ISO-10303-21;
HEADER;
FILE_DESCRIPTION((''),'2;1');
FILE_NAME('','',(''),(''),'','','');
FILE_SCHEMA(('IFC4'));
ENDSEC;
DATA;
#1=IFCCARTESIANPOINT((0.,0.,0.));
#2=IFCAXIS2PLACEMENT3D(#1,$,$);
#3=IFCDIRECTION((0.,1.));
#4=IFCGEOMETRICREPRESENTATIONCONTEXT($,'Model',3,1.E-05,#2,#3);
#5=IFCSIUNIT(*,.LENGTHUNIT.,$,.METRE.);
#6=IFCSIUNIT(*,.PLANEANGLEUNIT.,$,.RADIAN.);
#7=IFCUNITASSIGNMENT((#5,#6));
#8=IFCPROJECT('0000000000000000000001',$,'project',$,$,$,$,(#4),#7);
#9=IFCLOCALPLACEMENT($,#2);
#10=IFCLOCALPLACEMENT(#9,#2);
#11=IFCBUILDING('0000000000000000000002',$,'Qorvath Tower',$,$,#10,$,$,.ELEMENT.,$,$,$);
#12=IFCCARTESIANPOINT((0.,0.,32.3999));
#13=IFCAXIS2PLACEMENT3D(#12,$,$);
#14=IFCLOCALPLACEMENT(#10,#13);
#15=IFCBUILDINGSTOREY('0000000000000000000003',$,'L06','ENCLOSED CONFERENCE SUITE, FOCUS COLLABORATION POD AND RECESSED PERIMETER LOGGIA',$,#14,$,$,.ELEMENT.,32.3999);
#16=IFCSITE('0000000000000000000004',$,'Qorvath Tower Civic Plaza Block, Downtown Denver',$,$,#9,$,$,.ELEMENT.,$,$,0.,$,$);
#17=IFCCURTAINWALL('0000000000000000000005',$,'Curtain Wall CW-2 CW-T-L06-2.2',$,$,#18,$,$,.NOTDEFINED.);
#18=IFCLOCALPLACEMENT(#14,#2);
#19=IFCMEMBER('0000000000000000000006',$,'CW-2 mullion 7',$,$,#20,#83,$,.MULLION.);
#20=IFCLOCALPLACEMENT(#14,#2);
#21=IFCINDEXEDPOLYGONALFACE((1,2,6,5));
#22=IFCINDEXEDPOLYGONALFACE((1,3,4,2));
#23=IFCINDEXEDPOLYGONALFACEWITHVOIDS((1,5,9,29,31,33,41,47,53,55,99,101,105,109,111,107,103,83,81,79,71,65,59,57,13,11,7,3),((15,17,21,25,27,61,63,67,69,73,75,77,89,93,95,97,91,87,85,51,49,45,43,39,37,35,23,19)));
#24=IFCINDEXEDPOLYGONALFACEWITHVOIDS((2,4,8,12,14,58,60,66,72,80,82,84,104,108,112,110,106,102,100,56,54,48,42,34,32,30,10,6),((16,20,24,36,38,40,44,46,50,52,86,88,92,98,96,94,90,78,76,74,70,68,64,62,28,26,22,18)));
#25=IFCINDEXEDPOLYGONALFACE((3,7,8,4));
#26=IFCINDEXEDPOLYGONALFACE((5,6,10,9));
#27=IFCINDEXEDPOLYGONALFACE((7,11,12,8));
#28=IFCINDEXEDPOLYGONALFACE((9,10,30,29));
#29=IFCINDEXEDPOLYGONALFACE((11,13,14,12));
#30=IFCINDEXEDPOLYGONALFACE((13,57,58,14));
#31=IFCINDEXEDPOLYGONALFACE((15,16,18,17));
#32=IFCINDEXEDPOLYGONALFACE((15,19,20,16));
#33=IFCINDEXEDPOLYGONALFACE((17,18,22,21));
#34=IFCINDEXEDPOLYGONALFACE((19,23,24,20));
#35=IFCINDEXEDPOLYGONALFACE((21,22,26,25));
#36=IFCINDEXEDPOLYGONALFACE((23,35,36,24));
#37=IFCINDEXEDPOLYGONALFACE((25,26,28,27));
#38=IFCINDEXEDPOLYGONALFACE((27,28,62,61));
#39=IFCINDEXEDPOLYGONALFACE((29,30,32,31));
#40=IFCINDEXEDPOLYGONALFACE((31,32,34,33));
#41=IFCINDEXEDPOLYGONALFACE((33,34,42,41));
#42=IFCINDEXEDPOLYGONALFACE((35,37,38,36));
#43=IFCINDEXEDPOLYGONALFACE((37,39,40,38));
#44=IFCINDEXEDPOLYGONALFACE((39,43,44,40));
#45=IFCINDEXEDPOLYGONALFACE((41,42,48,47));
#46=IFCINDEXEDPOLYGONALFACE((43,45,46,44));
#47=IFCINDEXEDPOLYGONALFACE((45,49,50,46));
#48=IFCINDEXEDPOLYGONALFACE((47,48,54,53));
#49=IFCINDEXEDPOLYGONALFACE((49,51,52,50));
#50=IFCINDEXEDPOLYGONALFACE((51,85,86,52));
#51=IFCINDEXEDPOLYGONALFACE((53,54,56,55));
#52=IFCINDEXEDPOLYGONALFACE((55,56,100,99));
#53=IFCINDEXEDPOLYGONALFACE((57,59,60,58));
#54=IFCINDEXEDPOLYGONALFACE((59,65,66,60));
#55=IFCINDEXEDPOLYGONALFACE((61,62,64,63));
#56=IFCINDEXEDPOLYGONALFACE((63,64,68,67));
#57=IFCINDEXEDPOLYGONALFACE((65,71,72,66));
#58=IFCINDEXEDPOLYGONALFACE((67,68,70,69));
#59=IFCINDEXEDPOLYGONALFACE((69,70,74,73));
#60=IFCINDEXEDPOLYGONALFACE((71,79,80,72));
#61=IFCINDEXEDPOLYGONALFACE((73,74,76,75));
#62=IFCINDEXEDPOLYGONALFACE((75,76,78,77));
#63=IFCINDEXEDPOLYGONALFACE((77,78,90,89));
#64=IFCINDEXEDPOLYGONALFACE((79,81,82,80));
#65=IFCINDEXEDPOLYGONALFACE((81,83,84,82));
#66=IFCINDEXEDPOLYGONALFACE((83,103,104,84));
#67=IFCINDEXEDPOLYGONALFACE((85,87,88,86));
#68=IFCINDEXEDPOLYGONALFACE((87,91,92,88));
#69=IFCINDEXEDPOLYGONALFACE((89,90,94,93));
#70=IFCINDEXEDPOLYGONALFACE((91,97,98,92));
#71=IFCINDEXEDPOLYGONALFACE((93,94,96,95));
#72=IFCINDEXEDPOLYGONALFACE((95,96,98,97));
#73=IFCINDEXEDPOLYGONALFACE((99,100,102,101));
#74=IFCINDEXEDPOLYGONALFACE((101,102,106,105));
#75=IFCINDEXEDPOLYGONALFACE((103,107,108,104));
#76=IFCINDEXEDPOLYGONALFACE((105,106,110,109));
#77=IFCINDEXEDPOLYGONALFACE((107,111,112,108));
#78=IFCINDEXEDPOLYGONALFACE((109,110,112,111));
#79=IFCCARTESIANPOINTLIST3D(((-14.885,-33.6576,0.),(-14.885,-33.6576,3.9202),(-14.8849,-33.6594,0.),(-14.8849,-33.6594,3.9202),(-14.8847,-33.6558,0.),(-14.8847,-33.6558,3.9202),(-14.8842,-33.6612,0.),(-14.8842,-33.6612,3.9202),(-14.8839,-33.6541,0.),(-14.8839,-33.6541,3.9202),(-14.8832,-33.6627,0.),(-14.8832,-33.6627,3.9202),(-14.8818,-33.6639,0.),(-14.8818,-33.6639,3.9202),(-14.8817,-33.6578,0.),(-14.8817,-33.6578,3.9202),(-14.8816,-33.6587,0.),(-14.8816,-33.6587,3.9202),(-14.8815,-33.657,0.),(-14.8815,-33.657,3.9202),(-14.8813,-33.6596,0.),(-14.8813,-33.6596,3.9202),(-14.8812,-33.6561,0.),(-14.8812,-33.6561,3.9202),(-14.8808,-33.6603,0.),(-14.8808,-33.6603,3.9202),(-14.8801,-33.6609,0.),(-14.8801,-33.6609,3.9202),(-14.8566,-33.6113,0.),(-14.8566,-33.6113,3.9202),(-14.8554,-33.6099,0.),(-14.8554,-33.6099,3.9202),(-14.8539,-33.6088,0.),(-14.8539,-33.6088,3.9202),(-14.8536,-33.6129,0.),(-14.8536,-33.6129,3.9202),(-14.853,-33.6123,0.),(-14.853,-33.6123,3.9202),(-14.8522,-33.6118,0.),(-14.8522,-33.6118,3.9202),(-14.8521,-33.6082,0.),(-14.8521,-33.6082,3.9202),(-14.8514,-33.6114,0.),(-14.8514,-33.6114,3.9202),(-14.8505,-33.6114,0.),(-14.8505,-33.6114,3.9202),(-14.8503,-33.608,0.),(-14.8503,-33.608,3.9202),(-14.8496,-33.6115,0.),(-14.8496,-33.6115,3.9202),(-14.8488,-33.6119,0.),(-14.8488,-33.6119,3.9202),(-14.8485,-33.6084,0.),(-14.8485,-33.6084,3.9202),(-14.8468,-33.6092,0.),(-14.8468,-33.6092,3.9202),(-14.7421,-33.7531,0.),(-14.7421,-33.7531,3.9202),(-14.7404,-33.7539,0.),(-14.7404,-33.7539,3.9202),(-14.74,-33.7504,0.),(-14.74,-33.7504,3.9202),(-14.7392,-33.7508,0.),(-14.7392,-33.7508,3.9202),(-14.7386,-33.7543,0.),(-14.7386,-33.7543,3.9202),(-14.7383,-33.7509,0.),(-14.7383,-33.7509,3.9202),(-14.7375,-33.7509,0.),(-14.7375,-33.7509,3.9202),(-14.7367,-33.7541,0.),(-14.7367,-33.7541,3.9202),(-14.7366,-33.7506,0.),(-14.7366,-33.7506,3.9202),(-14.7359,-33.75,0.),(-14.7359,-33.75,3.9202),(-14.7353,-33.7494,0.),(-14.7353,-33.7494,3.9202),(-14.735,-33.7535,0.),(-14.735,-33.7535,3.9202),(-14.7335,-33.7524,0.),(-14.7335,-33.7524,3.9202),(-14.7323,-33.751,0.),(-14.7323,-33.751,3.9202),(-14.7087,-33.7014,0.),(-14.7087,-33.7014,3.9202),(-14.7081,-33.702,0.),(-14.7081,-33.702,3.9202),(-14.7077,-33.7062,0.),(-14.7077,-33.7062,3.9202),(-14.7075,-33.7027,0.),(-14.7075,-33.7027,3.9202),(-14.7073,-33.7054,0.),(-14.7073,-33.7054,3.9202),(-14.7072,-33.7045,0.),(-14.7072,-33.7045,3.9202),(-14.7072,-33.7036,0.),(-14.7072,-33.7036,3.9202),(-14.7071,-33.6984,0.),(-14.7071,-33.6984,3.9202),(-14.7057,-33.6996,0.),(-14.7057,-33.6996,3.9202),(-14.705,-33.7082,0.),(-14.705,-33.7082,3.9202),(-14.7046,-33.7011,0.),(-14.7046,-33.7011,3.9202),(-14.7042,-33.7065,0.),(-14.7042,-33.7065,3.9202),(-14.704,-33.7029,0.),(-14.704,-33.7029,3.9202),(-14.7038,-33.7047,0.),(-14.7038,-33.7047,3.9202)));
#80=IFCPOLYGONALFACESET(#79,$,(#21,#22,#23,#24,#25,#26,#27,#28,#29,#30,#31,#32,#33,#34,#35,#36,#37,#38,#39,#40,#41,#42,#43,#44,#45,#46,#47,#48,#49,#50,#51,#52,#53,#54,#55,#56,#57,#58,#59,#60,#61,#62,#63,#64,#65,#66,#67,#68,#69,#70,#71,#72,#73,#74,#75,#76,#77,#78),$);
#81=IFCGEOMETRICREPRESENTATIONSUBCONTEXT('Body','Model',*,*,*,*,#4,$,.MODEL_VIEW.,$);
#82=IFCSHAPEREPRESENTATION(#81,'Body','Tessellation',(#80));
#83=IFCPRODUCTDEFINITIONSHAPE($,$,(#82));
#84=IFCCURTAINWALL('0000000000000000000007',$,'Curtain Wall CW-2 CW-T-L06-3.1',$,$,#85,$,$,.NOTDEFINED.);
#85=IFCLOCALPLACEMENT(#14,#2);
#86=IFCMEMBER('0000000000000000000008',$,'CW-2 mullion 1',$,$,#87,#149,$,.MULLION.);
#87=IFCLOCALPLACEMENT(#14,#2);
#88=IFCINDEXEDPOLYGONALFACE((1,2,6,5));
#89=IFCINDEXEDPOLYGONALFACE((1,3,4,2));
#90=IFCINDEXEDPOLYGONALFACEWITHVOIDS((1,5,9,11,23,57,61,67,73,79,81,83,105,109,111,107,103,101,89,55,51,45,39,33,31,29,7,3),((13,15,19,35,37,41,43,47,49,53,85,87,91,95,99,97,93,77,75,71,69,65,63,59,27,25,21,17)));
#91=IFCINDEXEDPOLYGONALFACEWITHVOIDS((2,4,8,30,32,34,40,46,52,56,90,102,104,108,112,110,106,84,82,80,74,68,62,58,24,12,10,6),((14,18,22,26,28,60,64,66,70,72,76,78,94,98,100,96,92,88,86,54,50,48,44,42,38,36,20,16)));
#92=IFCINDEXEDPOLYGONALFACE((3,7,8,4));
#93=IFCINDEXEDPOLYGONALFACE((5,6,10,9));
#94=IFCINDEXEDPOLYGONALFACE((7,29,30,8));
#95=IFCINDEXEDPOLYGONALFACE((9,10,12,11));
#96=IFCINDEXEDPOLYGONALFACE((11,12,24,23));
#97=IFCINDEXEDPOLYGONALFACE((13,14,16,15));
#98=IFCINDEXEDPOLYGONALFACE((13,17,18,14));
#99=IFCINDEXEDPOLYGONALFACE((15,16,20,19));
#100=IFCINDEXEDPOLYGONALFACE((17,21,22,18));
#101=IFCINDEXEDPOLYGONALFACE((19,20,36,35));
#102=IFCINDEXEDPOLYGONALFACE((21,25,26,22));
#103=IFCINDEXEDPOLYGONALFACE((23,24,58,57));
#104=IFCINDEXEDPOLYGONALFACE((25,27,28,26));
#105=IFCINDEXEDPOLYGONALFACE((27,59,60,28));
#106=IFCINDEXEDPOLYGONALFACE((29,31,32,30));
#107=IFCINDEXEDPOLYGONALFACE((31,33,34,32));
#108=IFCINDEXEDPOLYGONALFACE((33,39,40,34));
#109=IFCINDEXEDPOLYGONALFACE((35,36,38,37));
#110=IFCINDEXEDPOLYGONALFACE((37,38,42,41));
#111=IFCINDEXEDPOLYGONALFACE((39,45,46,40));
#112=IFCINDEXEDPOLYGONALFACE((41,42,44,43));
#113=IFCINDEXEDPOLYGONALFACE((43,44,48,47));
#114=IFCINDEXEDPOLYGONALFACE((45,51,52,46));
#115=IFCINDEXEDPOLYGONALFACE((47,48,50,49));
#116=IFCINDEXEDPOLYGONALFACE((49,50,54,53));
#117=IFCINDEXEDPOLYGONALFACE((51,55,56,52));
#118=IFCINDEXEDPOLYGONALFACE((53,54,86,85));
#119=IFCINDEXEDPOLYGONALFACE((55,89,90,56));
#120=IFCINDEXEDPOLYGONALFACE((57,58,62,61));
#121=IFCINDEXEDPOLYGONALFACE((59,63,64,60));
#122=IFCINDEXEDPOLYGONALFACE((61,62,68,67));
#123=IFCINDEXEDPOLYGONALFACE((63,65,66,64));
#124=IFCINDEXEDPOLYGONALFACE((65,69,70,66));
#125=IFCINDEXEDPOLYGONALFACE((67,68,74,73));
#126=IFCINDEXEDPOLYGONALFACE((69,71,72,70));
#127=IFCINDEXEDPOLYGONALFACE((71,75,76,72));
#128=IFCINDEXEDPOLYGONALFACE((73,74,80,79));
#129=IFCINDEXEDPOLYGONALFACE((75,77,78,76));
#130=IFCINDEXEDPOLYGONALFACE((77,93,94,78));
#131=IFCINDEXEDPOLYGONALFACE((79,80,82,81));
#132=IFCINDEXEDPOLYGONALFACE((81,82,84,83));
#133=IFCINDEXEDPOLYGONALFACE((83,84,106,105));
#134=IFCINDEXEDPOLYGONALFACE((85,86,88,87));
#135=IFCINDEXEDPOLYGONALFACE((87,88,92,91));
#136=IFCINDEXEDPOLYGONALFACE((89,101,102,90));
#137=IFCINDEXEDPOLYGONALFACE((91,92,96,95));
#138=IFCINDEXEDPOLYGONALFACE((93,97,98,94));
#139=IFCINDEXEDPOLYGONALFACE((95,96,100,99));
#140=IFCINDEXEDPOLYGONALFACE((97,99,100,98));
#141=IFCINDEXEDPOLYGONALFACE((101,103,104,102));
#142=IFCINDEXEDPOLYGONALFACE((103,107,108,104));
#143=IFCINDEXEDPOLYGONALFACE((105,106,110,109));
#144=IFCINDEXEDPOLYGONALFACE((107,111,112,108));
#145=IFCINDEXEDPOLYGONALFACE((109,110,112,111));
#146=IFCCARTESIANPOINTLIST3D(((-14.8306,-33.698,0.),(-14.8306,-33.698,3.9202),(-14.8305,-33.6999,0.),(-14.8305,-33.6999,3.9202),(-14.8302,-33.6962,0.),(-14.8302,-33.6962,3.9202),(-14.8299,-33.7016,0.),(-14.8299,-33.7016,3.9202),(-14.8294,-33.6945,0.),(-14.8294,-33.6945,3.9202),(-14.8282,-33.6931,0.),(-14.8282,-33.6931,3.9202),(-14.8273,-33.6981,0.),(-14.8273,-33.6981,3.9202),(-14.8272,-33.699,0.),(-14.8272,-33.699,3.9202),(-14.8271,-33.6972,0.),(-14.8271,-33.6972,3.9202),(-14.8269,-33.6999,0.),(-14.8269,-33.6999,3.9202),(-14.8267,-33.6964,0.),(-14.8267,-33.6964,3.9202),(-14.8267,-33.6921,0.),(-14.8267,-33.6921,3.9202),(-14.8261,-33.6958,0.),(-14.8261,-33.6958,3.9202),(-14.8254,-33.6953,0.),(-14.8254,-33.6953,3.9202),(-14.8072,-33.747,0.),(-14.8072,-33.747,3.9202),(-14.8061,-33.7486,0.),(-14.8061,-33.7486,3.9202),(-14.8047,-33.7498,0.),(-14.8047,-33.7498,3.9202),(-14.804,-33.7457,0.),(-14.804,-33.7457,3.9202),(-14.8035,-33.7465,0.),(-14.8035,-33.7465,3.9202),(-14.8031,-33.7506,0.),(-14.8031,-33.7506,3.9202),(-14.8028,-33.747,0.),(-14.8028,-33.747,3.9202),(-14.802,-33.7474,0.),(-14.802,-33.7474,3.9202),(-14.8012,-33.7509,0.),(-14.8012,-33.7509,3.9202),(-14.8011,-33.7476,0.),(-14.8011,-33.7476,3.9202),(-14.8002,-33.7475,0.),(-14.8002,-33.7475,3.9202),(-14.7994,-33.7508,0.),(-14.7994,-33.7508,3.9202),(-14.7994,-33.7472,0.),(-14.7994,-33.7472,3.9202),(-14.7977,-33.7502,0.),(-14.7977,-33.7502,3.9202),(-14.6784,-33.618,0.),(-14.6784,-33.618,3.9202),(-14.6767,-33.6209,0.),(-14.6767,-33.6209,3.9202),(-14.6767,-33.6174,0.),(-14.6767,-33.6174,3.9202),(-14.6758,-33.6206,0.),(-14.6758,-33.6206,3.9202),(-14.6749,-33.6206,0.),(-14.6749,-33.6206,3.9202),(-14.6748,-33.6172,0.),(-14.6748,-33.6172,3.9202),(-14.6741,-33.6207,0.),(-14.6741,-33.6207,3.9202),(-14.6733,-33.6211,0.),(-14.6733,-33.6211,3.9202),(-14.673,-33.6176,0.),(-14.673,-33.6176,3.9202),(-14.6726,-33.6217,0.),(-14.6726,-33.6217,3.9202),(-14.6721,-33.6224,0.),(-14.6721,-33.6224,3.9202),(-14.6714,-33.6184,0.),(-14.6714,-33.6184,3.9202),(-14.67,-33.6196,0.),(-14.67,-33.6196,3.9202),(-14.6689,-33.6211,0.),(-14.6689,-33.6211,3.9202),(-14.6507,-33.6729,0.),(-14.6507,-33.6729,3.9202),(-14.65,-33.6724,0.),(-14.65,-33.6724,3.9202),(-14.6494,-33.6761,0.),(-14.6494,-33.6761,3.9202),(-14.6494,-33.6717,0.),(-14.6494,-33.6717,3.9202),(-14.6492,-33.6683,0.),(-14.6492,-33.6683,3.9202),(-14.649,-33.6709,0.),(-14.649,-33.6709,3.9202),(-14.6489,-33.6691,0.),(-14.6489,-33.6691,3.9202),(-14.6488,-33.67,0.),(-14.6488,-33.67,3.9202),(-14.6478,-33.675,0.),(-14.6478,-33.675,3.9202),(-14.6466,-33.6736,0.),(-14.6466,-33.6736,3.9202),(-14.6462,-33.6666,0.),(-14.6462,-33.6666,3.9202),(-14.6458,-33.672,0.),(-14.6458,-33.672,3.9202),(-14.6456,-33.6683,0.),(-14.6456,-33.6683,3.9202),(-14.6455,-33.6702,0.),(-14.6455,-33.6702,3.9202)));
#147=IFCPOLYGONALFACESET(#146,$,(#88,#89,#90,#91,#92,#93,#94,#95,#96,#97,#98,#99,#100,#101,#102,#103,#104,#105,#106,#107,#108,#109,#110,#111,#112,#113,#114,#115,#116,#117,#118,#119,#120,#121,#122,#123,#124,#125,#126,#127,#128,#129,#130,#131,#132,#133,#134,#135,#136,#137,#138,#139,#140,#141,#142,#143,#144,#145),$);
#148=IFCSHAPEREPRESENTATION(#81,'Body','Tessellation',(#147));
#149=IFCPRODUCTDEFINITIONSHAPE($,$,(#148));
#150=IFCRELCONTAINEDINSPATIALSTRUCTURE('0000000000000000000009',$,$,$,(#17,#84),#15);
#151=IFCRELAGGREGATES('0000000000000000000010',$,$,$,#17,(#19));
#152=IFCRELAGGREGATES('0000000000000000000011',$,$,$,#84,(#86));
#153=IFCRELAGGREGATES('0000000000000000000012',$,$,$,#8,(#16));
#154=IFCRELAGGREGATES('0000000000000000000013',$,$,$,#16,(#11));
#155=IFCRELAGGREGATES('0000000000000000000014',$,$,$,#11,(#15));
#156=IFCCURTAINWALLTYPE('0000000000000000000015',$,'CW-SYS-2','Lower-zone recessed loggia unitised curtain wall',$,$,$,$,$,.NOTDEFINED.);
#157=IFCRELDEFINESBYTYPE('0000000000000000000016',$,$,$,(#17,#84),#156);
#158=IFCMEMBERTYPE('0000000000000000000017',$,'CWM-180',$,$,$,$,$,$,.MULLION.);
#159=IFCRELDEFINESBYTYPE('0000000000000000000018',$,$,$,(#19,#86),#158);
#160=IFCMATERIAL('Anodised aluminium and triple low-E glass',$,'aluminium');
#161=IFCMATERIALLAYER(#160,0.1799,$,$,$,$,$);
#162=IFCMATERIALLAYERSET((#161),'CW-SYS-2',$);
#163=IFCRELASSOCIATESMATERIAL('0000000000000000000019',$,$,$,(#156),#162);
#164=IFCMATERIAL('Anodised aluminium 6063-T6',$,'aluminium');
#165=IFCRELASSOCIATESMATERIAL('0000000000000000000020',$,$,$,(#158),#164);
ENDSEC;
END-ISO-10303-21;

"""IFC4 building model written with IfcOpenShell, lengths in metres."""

from ifc_helpers import new_model, si_unit, direction, frame, origin, origin_2d, place, context, subcontext, project, spatial, hollow_rectangle, extrude, material, layer, layer_set, material_profile, profile_set, type_object, element, aggregate, save


model = new_model("IFC4")

# Units and contexts
model_context = context("Model", 3, precision=1e-05, world=origin(), true_north=direction((0.0, 1.0)))
body_context = subcontext(model_context, "Body", "Model", "MODEL_VIEW")
ifc_project = project(units=[si_unit("LENGTHUNIT", "METRE"), si_unit("PLANEANGLEUNIT", "RADIAN")], contexts=[model_context])

# Site, building, storey
site_placement = place(None, origin())
site = spatial("IfcSite", under=ifc_project, at=site_placement, Name="Qorvath Tower Civic Plaza Block, Downtown Denver", CompositionType="ELEMENT", RefElevation=0.0)
building_placement = place(site_placement, origin())
building = spatial("IfcBuilding", under=site, at=building_placement, Name="Qorvath Tower", CompositionType="ELEMENT")
storey_placement = place(building_placement, frame((0.0, 0.0, 32.3999)))
storey = spatial("IfcBuildingStorey", under=building, at=storey_placement, Name="L06", Description="ENCLOSED CONFERENCE SUITE, FOCUS COLLABORATION POD AND RECESSED PERIMETER LOGGIA", CompositionType="ELEMENT", Elevation=32.3999)

# Curtain walls, members
ifc_material_1 = material(Name="Anodised aluminium and triple low-E glass", Category="aluminium")
ifc_layer_1 = layer(ifc_material_1, 0.1799)
ifc_layer_set_1 = layer_set([ifc_layer_1], Name="CW-SYS-2")
curtain_wall_type = type_object("IfcCurtainWallType", Name="CW-SYS-2", Description="Lower-zone recessed loggia unitised curtain wall", PredefinedType="NOTDEFINED", material=ifc_layer_set_1)
curtain_wall_1_placement = place(storey_placement, origin())
curtain_wall_1 = element("IfcCurtainWall", 1, at=curtain_wall_1_placement, inside=storey, type_object=curtain_wall_type, Name="Curtain Wall CW-2 CW-T-L06-2.2", PredefinedType="NOTDEFINED")
ifc_material_2 = material(Name="Anodised aluminium 6063-T6", Category="aluminium")
ifc_material_profile_1 = material_profile(ifc_material_2, hollow_rectangle(XDim=0.0649, YDim=0.1799, WallThickness=0.0034, InnerFilletRadius=0.0034, OuterFilletRadius=0.0071, at=origin_2d()), Name="CWM 180x65")
ifc_profile_set_1 = profile_set([ifc_material_profile_1], Name="Anodised aluminium 6063-T6")
member_type_1 = type_object("IfcMemberType", Name="CWM-180", PredefinedType="MULLION", material=ifc_profile_set_1)
member_1_placement = place(storey_placement, frame((-14.7944, -33.6812, 0.0), z_axis=(0.0, 0.0, 1.0), x_axis=(0.538533, 0.842605, 0.0)))
member_1 = element("IfcMember", 2, at=member_1_placement, type_object=member_type_1, Name="CW-2 mullion 7", PredefinedType="MULLION", context=body_context, shape_type="SweptSolid", body=[
    extrude(hollow_rectangle(XDim=0.0649, YDim=0.1799, WallThickness=0.0034, InnerFilletRadius=0.0034, OuterFilletRadius=0.0071, at=origin_2d()), origin(), (0.0, 0.0, 1.0), 3.9202),
])
curtain_wall_2_placement = place(storey_placement, origin())
curtain_wall_2 = element("IfcCurtainWall", 3, at=curtain_wall_2_placement, inside=storey, type_object=curtain_wall_type, Name="Curtain Wall CW-2 CW-T-L06-3.1", PredefinedType="NOTDEFINED")
member_2_placement = place(storey_placement, frame((-14.738, -33.6841, 0.0), z_axis=(0.0, 0.0, 1.0), x_axis=(-0.447199, 0.894435, 0.0)))
member_2 = element("IfcMember", 4, at=member_2_placement, type_object=member_type_1, Name="CW-2 mullion 1", PredefinedType="MULLION", context=body_context, shape_type="SweptSolid", body=[
    extrude(hollow_rectangle(XDim=0.0649, YDim=0.1799, WallThickness=0.0034, InnerFilletRadius=0.0034, OuterFilletRadius=0.0071, at=origin_2d()), origin(), (0.0, 0.0, 1.0), 3.9202),
])

aggregate(curtain_wall_1, [member_1])
aggregate(curtain_wall_2, [member_2])

save(model, "model.ifc")
